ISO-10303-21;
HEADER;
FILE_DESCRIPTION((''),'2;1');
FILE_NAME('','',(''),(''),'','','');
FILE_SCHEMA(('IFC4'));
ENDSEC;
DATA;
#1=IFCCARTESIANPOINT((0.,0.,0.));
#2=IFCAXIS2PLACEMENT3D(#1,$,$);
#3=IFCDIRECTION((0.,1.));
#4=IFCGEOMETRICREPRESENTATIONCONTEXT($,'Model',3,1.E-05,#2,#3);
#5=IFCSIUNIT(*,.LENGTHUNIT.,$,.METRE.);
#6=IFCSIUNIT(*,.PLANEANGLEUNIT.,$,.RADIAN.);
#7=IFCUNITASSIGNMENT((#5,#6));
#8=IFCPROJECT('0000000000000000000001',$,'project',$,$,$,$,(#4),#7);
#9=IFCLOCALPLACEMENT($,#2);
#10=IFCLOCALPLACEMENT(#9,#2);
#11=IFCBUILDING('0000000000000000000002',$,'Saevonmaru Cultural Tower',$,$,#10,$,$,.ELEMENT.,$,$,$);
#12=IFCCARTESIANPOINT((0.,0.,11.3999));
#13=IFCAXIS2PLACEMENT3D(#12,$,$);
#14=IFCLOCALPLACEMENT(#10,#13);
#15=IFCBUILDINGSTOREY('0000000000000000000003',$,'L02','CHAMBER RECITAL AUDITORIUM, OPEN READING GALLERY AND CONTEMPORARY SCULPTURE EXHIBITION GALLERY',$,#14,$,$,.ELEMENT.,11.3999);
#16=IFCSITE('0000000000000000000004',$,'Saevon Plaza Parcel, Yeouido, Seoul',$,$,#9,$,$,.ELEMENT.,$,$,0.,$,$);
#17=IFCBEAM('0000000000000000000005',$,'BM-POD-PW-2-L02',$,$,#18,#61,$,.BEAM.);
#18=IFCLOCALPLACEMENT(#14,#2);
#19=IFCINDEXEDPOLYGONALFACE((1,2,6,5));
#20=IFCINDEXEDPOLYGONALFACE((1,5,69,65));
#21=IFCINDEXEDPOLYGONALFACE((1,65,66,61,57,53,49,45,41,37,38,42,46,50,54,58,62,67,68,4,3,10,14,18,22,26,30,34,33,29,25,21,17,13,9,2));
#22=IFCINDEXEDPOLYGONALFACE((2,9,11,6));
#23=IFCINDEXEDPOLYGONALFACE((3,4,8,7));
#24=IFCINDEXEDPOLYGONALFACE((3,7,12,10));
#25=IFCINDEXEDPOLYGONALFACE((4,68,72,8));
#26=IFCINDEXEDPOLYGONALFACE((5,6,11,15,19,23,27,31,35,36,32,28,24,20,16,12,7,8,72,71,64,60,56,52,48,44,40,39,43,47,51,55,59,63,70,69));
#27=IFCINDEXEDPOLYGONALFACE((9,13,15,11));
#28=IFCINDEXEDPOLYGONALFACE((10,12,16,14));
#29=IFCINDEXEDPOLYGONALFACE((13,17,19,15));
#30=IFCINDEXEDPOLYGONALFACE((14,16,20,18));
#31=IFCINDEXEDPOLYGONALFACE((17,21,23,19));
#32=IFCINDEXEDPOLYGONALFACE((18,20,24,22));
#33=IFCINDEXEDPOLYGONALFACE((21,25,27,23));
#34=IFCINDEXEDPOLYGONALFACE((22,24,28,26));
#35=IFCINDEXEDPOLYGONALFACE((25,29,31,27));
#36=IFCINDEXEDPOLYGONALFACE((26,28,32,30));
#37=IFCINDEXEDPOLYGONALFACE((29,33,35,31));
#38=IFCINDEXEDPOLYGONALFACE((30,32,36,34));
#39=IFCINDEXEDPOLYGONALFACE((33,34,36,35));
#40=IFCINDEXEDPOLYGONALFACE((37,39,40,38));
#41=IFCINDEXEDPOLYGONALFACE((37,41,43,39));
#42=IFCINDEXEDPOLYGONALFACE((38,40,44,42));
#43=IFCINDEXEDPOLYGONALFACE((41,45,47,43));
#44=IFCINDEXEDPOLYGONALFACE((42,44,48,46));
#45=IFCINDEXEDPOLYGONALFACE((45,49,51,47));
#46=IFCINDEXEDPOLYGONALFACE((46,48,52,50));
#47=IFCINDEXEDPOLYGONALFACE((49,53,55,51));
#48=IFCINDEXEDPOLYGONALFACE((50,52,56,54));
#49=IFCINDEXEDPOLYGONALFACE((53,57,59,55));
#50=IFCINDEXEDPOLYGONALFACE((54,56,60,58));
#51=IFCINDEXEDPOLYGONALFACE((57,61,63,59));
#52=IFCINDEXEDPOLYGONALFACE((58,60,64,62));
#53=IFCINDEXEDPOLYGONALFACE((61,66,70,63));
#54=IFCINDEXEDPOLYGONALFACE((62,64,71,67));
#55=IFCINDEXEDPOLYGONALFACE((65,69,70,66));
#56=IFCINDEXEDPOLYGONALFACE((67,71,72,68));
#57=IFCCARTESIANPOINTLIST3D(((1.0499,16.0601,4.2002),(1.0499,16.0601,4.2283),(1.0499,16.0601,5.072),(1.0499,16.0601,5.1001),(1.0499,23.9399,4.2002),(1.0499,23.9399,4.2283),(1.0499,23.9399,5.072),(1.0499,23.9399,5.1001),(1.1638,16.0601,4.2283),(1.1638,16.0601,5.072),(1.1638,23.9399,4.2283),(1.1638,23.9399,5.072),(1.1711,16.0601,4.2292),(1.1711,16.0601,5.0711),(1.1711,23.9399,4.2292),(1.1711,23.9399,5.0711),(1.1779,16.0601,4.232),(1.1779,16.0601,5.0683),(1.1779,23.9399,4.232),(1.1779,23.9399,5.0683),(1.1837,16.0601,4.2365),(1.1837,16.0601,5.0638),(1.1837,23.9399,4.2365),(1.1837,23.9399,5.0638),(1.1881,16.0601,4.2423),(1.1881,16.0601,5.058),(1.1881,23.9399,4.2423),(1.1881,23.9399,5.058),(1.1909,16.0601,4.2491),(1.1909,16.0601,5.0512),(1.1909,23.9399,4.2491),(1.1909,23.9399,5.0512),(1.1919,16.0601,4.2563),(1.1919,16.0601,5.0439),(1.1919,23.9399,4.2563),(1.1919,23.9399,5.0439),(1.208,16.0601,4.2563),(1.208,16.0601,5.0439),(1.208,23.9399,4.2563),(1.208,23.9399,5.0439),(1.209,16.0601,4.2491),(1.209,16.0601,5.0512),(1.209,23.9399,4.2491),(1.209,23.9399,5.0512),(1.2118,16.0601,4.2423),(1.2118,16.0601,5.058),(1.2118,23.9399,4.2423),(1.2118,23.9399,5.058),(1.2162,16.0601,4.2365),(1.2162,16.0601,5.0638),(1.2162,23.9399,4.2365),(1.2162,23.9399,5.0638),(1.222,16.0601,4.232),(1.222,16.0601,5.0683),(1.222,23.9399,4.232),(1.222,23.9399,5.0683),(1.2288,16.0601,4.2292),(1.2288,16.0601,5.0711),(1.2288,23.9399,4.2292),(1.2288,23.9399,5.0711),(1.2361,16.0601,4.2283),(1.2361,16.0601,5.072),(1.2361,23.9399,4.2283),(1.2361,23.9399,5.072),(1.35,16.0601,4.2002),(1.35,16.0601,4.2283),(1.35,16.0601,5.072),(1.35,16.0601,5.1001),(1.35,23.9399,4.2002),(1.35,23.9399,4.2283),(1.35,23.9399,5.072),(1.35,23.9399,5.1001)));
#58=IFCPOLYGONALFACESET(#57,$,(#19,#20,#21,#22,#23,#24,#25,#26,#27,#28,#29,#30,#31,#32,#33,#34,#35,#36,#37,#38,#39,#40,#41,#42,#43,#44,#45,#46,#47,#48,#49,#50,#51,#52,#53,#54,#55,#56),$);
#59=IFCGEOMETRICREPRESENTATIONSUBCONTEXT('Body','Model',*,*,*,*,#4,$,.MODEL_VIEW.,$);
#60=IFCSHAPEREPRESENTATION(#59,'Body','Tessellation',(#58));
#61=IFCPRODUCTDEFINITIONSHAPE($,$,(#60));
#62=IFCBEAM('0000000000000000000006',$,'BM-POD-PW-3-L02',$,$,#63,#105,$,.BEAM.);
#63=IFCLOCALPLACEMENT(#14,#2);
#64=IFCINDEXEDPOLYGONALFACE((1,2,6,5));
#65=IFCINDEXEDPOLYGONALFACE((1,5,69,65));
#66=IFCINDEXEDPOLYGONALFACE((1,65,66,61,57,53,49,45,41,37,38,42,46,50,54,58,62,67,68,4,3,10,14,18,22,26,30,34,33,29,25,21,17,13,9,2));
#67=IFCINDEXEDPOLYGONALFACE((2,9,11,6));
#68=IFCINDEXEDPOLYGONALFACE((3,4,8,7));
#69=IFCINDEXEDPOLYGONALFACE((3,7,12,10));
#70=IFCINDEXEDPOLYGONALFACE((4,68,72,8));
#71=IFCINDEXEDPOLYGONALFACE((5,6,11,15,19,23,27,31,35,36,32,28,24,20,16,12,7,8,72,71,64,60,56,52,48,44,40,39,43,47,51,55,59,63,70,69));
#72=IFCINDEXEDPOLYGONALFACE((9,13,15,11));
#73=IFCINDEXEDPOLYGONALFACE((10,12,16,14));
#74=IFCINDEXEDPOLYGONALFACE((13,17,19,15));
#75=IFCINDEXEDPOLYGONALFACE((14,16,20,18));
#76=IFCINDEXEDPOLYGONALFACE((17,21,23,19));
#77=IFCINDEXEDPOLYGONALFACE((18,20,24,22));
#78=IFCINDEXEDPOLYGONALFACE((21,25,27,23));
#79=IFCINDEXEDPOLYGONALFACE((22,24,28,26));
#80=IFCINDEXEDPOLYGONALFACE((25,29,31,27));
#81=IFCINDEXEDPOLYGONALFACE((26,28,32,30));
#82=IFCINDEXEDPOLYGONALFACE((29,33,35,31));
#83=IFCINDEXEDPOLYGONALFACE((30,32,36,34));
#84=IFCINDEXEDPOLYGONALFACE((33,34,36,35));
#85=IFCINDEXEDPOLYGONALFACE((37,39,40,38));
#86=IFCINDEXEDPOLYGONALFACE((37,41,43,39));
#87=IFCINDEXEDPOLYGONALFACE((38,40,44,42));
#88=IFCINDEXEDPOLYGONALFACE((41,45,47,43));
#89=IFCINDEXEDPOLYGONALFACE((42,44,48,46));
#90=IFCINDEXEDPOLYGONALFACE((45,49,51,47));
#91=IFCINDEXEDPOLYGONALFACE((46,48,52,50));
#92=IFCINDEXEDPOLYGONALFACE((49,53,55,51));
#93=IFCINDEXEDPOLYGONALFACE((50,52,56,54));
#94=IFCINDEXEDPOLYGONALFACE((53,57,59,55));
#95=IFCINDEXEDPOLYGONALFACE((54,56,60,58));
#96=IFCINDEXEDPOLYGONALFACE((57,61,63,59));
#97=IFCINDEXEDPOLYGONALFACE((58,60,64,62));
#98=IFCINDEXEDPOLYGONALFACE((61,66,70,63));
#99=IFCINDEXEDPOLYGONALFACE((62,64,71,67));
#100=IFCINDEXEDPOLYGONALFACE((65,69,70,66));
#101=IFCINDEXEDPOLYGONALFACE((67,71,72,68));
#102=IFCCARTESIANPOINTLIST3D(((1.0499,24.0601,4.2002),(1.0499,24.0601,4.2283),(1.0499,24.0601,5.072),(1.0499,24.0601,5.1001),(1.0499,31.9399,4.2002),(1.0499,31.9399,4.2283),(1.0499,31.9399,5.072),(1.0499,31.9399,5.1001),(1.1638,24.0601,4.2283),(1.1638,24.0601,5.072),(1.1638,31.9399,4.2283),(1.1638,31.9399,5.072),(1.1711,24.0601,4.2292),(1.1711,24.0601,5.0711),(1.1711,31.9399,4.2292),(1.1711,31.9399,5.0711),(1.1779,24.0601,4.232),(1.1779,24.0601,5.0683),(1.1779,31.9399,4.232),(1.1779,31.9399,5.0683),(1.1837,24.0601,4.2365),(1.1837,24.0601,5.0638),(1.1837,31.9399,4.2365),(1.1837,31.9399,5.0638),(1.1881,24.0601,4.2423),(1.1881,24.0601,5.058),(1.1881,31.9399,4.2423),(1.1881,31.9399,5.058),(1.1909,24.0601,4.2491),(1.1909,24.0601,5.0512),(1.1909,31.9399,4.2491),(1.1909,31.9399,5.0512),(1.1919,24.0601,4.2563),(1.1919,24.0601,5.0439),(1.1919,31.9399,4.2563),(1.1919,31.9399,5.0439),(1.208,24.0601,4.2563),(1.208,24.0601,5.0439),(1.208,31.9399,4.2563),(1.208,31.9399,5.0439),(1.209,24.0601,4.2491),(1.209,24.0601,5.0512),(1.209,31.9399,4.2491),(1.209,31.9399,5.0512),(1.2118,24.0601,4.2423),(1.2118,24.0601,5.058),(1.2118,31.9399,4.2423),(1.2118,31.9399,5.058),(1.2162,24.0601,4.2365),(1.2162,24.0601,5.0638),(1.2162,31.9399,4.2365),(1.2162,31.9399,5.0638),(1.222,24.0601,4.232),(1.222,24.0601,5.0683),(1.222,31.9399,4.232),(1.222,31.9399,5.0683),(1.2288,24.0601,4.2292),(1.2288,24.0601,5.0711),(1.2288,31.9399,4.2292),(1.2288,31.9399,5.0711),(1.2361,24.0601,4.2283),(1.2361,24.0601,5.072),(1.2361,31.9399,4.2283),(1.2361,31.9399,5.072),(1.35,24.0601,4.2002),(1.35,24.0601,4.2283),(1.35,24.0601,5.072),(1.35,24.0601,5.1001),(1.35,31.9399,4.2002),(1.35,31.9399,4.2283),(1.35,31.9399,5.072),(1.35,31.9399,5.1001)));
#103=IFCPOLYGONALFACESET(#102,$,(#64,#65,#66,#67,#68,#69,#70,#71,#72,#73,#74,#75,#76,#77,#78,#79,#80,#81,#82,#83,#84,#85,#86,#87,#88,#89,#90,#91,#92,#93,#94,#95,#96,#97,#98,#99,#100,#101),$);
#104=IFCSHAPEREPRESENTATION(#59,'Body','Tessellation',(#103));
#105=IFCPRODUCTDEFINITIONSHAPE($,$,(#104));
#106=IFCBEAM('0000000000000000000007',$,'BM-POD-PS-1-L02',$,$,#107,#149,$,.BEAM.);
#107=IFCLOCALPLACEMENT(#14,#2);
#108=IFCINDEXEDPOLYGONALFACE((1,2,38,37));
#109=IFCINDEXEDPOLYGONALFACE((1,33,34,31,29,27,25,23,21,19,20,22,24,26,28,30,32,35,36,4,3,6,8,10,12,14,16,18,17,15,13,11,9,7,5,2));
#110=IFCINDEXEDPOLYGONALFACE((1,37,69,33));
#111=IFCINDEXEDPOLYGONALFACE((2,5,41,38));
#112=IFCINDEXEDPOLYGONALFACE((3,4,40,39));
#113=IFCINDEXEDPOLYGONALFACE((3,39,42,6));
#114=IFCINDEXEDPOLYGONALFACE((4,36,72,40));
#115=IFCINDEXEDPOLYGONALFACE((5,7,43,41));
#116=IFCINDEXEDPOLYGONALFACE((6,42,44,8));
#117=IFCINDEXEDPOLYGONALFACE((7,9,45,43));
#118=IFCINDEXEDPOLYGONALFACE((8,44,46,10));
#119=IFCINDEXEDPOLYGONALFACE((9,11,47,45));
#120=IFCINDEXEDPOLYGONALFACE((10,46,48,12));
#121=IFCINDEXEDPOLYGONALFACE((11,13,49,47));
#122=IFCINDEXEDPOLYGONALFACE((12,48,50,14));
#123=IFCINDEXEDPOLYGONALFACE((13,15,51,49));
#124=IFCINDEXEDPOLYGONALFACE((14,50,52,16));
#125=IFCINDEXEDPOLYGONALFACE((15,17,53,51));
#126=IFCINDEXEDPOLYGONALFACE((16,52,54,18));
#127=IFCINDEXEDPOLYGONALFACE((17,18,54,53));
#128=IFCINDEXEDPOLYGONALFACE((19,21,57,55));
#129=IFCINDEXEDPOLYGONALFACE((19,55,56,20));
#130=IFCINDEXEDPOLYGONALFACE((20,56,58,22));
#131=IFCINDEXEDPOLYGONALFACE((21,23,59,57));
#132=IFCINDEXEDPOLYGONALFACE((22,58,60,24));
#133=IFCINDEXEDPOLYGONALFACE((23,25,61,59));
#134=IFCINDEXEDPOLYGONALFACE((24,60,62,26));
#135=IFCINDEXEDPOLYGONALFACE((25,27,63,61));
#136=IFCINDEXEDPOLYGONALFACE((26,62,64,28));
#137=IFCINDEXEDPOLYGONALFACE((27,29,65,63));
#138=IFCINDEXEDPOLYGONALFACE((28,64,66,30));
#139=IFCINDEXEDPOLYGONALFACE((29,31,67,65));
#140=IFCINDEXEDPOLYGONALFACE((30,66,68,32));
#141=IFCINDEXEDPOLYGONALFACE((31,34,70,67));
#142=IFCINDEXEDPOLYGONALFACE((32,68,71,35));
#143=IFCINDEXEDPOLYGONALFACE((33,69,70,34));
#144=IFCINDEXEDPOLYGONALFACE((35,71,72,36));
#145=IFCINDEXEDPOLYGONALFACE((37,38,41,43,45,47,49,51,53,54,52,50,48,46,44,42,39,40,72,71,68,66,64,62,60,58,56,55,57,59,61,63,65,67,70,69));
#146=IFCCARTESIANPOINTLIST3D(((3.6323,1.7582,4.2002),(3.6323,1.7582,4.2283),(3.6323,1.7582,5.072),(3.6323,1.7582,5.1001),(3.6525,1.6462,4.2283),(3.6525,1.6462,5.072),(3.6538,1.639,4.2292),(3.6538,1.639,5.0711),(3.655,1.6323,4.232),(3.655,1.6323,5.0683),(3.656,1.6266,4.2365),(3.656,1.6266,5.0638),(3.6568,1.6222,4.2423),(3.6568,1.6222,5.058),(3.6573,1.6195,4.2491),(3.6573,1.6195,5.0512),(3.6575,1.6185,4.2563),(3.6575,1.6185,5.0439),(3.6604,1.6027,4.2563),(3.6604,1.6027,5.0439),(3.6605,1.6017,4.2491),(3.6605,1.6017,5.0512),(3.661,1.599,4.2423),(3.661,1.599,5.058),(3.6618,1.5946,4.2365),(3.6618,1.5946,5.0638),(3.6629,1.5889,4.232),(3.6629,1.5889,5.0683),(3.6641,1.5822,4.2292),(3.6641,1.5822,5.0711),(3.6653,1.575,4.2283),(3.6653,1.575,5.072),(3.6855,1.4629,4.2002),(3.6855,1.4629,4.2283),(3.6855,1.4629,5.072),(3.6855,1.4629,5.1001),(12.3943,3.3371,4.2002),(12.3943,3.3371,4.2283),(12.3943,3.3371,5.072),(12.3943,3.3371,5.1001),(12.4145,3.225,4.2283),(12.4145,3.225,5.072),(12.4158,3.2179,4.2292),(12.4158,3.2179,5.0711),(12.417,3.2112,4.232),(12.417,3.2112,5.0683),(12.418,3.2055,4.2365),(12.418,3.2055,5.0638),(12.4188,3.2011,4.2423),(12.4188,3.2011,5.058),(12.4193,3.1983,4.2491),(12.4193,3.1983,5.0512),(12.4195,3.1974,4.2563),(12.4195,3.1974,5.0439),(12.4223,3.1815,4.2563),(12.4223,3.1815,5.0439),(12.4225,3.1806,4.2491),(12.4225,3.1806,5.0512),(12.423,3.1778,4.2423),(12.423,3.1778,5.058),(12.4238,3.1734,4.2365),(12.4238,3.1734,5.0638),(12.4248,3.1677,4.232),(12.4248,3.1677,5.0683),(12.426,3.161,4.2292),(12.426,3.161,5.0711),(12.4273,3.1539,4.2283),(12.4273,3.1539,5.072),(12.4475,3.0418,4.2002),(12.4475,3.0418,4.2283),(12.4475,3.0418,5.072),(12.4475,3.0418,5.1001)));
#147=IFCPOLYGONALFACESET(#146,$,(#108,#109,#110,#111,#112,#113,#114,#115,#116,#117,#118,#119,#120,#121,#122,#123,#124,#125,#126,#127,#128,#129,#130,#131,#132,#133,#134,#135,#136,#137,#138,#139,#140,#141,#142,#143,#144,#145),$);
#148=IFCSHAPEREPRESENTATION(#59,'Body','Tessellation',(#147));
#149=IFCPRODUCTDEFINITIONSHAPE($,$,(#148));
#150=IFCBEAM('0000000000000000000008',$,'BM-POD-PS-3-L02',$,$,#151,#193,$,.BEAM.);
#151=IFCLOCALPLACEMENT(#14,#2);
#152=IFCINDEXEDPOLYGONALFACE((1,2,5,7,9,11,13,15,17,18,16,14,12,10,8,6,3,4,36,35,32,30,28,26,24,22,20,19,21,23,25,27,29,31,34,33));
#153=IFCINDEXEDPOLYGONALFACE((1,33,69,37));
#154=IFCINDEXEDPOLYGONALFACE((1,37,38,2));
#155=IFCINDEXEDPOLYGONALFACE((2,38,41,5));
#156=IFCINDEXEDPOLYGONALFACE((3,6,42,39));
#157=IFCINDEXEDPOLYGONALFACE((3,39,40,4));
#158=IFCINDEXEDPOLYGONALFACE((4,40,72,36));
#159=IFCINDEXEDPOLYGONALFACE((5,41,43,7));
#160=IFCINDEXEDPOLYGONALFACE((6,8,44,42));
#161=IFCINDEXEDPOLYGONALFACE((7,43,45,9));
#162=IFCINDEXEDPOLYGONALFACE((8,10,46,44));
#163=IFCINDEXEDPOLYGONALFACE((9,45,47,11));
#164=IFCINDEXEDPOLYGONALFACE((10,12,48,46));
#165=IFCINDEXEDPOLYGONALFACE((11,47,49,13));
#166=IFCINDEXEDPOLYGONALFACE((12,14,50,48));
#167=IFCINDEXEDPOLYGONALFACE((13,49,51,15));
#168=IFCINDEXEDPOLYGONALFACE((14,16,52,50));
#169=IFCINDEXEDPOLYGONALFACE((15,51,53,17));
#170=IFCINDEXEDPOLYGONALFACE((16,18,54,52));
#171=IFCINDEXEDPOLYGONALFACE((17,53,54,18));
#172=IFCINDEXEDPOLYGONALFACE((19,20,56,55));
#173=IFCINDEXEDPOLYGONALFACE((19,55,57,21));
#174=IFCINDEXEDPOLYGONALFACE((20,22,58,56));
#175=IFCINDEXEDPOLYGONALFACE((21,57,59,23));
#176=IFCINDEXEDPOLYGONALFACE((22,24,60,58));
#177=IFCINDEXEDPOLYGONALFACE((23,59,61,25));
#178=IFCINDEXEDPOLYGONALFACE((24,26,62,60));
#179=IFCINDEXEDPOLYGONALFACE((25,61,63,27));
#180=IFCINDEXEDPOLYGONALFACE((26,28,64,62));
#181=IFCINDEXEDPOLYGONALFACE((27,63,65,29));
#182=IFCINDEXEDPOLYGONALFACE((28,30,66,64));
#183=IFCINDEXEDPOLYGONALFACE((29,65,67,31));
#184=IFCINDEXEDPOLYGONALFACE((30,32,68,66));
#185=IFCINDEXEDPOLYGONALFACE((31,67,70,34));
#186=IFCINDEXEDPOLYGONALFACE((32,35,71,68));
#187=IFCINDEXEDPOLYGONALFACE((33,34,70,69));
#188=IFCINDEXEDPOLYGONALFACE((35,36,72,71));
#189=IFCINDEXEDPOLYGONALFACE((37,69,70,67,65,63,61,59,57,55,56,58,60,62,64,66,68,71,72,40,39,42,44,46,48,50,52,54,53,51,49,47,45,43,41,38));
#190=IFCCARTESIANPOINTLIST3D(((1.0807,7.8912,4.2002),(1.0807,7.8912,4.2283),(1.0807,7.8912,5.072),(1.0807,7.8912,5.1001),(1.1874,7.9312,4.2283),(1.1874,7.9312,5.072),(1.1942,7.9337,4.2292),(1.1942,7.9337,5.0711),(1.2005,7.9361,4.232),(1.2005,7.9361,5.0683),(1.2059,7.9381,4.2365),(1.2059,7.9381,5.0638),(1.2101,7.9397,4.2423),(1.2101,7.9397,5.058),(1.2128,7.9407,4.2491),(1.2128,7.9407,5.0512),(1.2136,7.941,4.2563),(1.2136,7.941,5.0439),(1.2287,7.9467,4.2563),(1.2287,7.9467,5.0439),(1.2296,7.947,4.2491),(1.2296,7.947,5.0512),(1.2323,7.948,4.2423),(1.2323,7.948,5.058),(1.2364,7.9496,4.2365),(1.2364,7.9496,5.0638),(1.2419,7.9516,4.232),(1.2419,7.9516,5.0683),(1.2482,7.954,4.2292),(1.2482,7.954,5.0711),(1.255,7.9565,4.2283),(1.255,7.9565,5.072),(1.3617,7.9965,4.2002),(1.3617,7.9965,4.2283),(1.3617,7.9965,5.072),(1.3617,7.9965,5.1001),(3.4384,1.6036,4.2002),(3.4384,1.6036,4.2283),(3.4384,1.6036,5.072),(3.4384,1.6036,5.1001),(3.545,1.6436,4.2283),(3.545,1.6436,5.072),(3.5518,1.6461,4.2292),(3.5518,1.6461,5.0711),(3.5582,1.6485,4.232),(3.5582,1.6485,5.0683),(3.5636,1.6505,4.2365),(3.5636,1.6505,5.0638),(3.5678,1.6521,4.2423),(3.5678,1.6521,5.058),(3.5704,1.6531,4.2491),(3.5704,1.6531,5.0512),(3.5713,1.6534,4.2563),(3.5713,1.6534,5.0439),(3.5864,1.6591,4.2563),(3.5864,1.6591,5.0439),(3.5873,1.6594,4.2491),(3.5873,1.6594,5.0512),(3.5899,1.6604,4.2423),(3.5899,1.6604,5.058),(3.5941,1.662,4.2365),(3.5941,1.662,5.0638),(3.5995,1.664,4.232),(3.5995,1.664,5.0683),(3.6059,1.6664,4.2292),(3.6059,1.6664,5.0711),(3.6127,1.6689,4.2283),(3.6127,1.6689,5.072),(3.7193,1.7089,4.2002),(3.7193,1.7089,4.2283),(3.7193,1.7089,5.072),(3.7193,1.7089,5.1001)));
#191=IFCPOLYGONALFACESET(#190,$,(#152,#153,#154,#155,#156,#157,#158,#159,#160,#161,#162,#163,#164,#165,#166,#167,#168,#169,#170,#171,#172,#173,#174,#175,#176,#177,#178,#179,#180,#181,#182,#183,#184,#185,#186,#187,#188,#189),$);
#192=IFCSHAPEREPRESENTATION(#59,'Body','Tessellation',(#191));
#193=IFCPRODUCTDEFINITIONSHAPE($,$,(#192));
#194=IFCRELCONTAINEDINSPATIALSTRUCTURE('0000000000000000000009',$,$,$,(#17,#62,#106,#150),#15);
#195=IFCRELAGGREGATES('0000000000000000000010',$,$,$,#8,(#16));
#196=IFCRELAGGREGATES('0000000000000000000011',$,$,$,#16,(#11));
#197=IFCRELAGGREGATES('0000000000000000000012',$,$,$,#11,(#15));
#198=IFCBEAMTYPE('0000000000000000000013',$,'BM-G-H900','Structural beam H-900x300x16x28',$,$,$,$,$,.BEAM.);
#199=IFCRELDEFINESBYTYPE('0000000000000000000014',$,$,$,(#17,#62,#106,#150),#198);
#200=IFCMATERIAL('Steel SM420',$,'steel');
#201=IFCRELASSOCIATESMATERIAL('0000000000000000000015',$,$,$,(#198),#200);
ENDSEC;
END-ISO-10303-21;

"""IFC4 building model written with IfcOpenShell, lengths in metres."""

from ifc_helpers import new_model, si_unit, direction, frame, origin, origin_2d, place, context, subcontext, project, spatial, i_section, extrude, material, material_profile, profile_set, type_object, element, save


model = new_model("IFC4")

# Units and contexts
model_context = context("Model", 3, precision=1e-05, world=origin(), true_north=direction((0.0, 1.0)))
body_context = subcontext(model_context, "Body", "Model", "MODEL_VIEW")
ifc_project = project(units=[si_unit("LENGTHUNIT", "METRE"), si_unit("PLANEANGLEUNIT", "RADIAN")], contexts=[model_context])

# Site, building, storey
site_placement = place(None, origin())
site = spatial("IfcSite", under=ifc_project, at=site_placement, Name="Saevon Plaza Parcel, Yeouido, Seoul", CompositionType="ELEMENT", RefElevation=0.0)
building_placement = place(site_placement, origin())
building = spatial("IfcBuilding", under=site, at=building_placement, Name="Saevonmaru Cultural Tower", CompositionType="ELEMENT")
storey_placement = place(building_placement, frame((0.0, 0.0, 11.3999)))
storey = spatial("IfcBuildingStorey", under=building, at=storey_placement, Name="L02", Description="CHAMBER RECITAL AUDITORIUM, OPEN READING GALLERY AND CONTEMPORARY SCULPTURE EXHIBITION GALLERY", CompositionType="ELEMENT", Elevation=11.3999)

# Shared definitions
ifc_material_1 = material(Name="Steel SM420", Category="steel")

# Beams
ifc_material_profile_1 = material_profile(ifc_material_1, i_section(OverallWidth=0.3, OverallDepth=0.8999, WebThickness=0.0161, FlangeThickness=0.0281, FilletRadius=0.0281, at=origin_2d()), Name="H-900x300x16x28")
ifc_profile_set_1 = profile_set([ifc_material_profile_1], Name="Steel SM420")
beam_type_1 = type_object("IfcBeamType", Name="BM-G-H900", Description="Structural beam H-900x300x16x28", PredefinedType="BEAM", material=ifc_profile_set_1)
for number, where, z_axis, x_axis, name in (
    (1, (1.2, 16.0601, 4.6501), (0.0, 1.0, 0.0), (-1.0, 0.0, 0.0), "BM-POD-PW-2-L02"),
    (2, (1.2, 24.0601, 4.6501), (0.0, 1.0, 0.0), (-1.0, 0.0, 0.0), "BM-POD-PW-3-L02"),
):
    element("IfcBeam", number, at=place(storey_placement, frame(where, z_axis=z_axis, x_axis=x_axis)), inside=storey, type_object=beam_type_1, Name=name, PredefinedType="BEAM", context=body_context, shape_type="SweptSolid", body=[
        extrude(i_section(OverallWidth=0.3, OverallDepth=0.8999, WebThickness=0.0161, FlangeThickness=0.0281, FilletRadius=0.0281, at=origin_2d()), origin(), (0.0, 0.0, 1.0), 7.8799),
    ])
beam_1_placement = place(storey_placement, frame((3.6589, 1.6106, 4.6501), z_axis=(0.98415, 0.177338, 0.0), x_axis=(-0.177338, 0.98415, 0.0)))
element("IfcBeam", 3, at=beam_1_placement, inside=storey, type_object=beam_type_1, Name="BM-POD-PS-1-L02", PredefinedType="BEAM", context=body_context, shape_type="SweptSolid", body=[
    extrude(i_section(OverallWidth=0.3, OverallDepth=0.8999, WebThickness=0.0161, FlangeThickness=0.0281, FilletRadius=0.0281, at=origin_2d()), origin(), (0.0, 0.0, 1.0), 8.9031),
])
beam_2_placement = place(storey_placement, frame((3.5789, 1.6562, 4.6501), z_axis=(-0.3511, 0.936338, 0.0), x_axis=(-0.936338, -0.3511, 0.0)))
element("IfcBeam", 4, at=beam_2_placement, inside=storey, type_object=beam_type_1, Name="BM-POD-PS-3-L02", PredefinedType="BEAM", context=body_context, shape_type="SweptSolid", body=[
    extrude(i_section(OverallWidth=0.3, OverallDepth=0.8999, WebThickness=0.0161, FlangeThickness=0.0281, FilletRadius=0.0281, at=origin_2d()), origin(), (0.0, 0.0, 1.0), 6.7151),
])

save(model, "model.ifc")
